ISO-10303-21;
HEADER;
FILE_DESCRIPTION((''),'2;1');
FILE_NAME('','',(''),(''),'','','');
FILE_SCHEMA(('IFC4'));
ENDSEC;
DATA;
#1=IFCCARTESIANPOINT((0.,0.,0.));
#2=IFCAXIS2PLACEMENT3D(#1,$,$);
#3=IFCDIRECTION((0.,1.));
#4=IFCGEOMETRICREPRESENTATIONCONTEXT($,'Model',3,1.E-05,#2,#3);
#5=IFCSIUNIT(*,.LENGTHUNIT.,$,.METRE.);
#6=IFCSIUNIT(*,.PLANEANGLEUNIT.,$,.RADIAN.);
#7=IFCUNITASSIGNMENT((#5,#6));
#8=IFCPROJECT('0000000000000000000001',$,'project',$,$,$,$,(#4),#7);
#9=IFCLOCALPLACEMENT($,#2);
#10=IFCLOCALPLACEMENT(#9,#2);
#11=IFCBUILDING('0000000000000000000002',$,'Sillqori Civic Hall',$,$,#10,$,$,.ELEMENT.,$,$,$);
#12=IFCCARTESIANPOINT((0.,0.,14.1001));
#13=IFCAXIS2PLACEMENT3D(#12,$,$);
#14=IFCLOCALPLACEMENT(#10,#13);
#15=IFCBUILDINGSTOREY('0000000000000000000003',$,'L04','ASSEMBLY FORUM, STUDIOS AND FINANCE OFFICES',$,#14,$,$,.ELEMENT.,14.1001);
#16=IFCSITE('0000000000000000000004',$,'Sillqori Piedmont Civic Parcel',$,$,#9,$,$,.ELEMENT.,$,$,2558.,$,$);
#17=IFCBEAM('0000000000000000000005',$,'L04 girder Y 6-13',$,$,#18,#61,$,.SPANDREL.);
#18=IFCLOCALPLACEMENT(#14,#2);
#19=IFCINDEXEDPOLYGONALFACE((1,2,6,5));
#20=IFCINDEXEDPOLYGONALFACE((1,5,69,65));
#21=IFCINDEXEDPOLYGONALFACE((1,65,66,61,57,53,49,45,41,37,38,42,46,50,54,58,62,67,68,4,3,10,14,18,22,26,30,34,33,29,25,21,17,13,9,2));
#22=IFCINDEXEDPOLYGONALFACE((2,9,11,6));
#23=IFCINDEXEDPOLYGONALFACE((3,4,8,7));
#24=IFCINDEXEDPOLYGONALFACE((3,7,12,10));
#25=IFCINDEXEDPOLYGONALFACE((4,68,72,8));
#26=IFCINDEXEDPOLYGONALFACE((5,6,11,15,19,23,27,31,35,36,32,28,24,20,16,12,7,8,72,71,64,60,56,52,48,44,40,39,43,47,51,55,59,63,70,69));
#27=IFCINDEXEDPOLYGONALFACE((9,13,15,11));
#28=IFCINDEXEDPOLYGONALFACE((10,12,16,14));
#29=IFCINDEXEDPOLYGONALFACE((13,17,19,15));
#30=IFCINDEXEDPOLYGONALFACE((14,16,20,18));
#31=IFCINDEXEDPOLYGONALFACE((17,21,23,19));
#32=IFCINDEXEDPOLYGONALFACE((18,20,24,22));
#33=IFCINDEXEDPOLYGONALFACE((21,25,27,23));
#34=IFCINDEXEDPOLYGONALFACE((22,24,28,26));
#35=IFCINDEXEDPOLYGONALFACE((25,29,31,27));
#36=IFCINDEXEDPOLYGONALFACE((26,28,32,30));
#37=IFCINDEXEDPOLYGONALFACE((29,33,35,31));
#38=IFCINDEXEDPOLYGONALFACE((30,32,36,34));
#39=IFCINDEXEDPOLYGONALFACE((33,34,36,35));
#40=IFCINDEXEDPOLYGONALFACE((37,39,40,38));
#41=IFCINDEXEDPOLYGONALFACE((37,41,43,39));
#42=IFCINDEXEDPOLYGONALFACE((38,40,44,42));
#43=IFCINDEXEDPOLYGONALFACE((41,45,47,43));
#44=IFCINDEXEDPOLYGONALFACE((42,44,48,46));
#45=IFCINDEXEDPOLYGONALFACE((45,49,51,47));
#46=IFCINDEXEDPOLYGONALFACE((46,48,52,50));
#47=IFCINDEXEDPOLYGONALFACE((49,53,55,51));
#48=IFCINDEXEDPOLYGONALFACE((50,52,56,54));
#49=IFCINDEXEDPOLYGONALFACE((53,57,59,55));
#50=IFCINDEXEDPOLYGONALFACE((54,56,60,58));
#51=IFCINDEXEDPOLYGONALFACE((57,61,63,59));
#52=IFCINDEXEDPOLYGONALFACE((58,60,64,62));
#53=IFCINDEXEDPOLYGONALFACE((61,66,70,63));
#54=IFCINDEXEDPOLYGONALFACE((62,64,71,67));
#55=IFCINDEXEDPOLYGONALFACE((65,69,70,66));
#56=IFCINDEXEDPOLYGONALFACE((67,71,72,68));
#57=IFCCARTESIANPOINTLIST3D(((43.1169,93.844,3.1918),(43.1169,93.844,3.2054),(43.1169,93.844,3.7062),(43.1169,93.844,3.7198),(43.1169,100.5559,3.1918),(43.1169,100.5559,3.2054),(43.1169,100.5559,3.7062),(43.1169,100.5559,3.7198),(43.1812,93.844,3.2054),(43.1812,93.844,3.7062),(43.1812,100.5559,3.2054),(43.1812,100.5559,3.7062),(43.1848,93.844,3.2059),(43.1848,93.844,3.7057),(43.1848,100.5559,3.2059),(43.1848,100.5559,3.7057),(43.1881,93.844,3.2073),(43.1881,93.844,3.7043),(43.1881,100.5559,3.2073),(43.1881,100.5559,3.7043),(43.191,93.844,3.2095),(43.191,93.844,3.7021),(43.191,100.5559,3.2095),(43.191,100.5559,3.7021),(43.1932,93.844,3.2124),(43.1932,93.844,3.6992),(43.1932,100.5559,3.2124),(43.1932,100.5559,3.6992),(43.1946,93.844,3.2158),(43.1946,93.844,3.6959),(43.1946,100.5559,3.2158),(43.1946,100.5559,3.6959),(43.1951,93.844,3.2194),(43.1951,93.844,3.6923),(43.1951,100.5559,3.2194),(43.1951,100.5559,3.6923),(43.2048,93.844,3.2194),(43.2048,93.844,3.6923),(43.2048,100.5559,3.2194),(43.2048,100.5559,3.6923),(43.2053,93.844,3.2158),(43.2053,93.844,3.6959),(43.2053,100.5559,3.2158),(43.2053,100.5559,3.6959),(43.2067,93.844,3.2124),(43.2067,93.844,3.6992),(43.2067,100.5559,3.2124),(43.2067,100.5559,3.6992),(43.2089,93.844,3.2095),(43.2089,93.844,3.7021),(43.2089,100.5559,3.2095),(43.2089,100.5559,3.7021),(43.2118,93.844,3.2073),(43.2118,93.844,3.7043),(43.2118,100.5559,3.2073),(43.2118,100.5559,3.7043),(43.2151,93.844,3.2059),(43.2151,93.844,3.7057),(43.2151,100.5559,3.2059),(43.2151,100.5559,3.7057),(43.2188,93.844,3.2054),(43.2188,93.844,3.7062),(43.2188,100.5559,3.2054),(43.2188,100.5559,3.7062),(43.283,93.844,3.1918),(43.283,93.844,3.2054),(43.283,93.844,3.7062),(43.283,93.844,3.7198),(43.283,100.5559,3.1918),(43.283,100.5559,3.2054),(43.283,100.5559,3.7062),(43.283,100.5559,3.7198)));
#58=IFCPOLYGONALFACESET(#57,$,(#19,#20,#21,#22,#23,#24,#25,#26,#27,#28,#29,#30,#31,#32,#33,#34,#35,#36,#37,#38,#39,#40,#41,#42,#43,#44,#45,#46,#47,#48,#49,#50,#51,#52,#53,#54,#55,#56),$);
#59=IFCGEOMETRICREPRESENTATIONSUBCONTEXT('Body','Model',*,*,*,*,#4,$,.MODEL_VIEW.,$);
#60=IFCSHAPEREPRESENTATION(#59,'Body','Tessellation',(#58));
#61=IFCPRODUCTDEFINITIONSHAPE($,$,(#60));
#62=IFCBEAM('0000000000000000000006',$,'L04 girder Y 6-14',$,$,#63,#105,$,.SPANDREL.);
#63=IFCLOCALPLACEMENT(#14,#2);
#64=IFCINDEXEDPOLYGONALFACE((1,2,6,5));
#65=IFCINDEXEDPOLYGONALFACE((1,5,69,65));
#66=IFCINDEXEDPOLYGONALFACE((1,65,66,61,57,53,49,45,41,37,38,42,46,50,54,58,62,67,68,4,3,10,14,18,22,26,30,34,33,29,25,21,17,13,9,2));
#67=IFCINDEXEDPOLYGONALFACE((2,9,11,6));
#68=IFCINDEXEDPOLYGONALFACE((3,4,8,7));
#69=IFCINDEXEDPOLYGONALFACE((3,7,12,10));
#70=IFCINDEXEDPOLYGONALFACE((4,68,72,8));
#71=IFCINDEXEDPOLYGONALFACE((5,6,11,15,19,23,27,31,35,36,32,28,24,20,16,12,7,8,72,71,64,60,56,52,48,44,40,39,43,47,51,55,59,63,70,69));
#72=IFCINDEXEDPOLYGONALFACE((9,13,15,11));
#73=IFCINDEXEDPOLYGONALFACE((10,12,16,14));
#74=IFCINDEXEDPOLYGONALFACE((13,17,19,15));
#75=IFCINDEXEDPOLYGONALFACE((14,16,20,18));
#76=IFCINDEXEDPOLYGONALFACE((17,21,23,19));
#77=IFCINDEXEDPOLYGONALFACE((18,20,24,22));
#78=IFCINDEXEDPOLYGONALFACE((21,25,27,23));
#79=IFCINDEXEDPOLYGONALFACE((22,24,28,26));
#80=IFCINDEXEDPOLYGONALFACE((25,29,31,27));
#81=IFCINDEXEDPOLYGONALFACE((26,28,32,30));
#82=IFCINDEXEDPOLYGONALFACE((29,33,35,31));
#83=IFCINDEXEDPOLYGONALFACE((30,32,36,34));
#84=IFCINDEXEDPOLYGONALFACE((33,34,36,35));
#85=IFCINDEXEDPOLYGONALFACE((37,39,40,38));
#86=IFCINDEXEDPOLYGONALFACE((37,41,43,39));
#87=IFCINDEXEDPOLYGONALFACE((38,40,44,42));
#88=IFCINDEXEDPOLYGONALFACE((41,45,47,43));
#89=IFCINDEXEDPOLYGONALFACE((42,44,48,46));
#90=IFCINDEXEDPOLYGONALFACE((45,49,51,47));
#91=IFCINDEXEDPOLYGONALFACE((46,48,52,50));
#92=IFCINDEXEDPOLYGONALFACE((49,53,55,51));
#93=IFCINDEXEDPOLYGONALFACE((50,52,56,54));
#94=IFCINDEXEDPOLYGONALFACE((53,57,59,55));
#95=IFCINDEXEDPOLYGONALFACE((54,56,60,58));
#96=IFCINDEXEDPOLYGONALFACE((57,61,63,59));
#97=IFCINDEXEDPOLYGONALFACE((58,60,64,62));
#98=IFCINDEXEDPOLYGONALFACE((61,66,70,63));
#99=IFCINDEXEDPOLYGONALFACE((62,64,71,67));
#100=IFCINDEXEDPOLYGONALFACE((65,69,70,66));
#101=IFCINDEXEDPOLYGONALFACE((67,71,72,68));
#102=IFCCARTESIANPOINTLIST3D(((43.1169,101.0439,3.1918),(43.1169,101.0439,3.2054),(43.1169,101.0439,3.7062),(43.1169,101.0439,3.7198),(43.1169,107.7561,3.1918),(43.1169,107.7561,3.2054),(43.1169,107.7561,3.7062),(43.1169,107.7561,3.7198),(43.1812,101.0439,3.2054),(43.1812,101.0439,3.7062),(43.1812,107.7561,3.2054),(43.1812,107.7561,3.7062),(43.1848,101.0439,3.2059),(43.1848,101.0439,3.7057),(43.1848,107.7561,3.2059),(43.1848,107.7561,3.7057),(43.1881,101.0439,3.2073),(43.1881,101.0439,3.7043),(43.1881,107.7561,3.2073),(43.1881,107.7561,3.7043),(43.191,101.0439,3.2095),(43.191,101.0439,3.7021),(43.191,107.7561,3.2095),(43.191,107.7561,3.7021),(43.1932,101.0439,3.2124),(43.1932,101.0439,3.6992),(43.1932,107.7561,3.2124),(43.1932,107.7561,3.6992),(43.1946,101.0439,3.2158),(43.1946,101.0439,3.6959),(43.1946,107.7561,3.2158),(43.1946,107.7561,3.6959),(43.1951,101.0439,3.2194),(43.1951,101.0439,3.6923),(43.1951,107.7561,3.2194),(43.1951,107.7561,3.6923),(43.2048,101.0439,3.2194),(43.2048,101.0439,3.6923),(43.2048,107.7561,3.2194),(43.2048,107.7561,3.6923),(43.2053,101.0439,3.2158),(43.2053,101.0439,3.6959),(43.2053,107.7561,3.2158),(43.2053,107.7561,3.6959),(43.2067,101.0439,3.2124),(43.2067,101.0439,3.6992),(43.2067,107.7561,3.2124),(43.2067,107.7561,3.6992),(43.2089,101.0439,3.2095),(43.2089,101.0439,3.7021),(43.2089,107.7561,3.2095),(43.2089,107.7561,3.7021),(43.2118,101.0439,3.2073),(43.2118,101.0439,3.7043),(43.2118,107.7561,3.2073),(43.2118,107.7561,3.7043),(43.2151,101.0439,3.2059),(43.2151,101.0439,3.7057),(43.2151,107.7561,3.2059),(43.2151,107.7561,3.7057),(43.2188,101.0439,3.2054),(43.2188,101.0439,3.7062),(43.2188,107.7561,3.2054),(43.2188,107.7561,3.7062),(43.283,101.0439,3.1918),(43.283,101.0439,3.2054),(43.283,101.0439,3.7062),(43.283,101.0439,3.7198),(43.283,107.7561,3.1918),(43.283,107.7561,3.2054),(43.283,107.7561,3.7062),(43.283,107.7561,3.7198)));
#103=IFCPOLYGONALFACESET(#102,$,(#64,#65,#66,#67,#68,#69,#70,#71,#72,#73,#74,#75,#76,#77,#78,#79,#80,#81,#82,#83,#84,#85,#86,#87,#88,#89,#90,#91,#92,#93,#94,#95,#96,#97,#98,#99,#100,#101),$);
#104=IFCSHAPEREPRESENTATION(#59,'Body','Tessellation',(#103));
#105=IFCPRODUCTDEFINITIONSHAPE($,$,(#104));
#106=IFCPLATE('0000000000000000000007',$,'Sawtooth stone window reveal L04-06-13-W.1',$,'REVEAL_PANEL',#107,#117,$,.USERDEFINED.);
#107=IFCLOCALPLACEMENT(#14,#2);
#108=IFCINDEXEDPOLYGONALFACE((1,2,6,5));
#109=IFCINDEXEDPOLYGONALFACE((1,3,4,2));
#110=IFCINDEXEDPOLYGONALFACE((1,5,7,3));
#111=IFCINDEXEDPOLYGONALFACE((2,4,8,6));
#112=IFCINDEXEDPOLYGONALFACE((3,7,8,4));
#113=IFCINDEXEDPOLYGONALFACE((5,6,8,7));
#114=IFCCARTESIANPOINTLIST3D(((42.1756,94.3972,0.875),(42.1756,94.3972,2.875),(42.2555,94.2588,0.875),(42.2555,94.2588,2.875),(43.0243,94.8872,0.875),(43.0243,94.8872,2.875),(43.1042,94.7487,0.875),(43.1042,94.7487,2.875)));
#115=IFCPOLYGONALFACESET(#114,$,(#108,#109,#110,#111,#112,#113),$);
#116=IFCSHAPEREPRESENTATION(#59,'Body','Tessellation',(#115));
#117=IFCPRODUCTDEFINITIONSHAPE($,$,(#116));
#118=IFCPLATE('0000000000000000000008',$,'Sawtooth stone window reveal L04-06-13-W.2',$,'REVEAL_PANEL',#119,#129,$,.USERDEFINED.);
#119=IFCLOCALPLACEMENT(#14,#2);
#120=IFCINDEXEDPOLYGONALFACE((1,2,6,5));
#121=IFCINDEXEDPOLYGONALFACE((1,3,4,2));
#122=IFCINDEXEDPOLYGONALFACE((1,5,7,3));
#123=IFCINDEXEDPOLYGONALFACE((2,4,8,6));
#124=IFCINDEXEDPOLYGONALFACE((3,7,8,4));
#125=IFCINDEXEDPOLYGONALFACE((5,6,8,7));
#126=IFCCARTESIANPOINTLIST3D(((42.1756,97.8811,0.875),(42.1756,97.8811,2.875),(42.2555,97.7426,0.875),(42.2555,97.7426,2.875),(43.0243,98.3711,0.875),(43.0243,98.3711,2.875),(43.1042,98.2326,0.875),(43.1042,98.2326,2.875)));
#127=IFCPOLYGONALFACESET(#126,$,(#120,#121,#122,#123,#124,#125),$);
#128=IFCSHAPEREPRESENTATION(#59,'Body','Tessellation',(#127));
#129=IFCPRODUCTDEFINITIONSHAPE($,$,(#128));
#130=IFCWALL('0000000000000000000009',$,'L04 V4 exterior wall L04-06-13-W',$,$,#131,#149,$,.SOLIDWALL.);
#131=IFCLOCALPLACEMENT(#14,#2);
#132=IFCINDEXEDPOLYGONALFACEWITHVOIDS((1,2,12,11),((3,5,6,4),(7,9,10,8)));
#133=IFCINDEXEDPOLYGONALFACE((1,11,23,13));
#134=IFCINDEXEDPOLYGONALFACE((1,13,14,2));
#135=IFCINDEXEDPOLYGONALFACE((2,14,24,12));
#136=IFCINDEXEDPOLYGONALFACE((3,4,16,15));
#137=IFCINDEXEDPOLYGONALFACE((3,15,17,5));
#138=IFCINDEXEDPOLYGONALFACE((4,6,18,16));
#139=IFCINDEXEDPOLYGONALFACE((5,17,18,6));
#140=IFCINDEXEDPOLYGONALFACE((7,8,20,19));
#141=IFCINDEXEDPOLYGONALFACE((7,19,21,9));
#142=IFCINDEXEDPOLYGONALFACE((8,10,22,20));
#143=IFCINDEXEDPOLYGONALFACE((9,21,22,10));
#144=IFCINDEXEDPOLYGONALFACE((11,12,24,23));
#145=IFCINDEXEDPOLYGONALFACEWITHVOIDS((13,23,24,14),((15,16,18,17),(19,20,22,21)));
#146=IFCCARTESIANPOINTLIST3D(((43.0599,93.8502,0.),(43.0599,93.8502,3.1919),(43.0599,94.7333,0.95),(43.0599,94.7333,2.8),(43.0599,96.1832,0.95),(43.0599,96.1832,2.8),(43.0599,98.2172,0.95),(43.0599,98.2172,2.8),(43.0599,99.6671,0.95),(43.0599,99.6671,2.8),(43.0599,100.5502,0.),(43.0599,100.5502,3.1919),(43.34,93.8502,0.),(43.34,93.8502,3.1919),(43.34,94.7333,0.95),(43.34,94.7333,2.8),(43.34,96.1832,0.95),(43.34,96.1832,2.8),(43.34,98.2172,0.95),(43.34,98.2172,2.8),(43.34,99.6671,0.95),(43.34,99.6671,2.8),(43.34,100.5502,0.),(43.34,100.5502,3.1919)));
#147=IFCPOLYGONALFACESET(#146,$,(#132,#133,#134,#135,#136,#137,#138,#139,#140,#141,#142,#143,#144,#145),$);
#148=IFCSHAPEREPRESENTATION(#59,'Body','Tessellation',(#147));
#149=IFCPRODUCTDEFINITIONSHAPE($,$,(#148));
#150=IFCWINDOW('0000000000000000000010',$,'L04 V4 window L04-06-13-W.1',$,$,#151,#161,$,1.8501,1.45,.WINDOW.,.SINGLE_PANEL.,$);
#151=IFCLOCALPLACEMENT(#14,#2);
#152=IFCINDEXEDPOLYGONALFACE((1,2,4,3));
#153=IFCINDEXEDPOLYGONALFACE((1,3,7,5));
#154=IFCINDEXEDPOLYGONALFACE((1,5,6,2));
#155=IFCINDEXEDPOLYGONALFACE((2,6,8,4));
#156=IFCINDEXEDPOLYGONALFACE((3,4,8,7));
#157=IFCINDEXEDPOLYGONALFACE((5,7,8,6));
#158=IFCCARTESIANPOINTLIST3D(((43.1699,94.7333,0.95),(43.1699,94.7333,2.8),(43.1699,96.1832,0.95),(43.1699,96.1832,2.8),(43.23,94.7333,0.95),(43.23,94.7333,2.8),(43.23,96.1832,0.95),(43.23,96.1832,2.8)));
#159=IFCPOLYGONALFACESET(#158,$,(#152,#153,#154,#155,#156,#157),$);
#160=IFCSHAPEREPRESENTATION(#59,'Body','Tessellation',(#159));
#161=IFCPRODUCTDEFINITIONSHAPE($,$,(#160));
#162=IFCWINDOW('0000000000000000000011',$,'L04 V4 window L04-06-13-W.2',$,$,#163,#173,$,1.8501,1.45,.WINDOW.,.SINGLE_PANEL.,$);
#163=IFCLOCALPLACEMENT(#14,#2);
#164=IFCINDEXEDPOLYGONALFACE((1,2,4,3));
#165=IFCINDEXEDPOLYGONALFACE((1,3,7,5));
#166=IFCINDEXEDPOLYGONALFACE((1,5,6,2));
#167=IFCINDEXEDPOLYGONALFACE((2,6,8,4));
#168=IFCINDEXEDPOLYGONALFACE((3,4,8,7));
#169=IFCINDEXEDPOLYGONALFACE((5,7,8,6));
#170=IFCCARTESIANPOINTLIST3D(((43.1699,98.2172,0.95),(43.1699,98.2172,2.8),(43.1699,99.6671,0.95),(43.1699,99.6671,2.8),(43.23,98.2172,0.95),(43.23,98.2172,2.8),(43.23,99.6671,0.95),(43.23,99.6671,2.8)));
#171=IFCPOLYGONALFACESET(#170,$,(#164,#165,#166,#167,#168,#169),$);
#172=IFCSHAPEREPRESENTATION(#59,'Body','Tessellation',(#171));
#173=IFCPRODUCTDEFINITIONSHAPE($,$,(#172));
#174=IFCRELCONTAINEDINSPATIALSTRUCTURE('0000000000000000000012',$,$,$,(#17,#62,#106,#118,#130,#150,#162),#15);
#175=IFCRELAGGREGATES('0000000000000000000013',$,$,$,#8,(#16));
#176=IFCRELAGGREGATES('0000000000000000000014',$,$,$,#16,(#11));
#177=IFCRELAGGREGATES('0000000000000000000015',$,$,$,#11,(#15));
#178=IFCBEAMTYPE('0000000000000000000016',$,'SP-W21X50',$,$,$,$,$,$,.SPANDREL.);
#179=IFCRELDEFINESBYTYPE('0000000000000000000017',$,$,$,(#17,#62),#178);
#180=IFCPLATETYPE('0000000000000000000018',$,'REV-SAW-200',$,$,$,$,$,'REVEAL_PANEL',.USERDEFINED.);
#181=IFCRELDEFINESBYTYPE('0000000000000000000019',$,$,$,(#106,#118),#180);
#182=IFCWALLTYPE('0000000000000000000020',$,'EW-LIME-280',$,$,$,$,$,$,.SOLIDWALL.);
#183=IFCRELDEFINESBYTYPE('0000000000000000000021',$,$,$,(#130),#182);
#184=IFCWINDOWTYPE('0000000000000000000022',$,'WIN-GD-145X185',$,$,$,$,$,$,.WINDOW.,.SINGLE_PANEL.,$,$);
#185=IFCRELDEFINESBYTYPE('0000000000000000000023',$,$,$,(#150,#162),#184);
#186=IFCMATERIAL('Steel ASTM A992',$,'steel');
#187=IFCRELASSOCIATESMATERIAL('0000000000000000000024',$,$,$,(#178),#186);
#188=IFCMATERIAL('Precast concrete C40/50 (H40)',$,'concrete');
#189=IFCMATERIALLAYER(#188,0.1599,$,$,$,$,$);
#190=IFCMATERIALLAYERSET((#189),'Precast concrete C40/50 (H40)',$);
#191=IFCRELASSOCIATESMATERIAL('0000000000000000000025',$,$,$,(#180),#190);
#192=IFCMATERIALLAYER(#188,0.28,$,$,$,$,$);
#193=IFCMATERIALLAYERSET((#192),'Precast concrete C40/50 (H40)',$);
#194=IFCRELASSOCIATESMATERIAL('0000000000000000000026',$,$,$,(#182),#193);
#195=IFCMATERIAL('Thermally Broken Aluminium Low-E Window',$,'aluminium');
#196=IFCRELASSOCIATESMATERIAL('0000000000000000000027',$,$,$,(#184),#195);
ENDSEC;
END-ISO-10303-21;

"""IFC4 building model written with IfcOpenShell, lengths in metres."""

from ifc_helpers import new_model, si_unit, direction, frame, frame_2d, origin, origin_2d, place, context, subcontext, project, spatial, rectangle, i_section, extrude, material, layer, layer_set, material_profile, profile_set, type_object, element, fill, save


model = new_model("IFC4")

# Units and contexts
model_context = context("Model", 3, precision=1e-05, world=origin(), true_north=direction((0.0, 1.0)))
body_context = subcontext(model_context, "Body", "Model", "MODEL_VIEW")
ifc_project = project(units=[si_unit("LENGTHUNIT", "METRE"), si_unit("PLANEANGLEUNIT", "RADIAN")], contexts=[model_context])

# Site, building, storey
site_placement = place(None, origin())
site = spatial("IfcSite", under=ifc_project, at=site_placement, Name="Sillqori Piedmont Civic Parcel", CompositionType="ELEMENT", RefElevation=2558.0)
building_placement = place(site_placement, origin())
building = spatial("IfcBuilding", under=site, at=building_placement, Name="Sillqori Civic Hall", CompositionType="ELEMENT")
storey_placement = place(building_placement, frame((0.0, 0.0, 14.1001)))
storey = spatial("IfcBuildingStorey", under=building, at=storey_placement, Name="L04", Description="ASSEMBLY FORUM, STUDIOS AND FINANCE OFFICES", CompositionType="ELEMENT", Elevation=14.1001)

# Shared definitions
ifc_material_1 = material(Name="Steel ASTM A992", Category="steel")

# Beams
ifc_material_profile_1 = material_profile(ifc_material_1, i_section(OverallWidth=0.166, OverallDepth=0.5281, WebThickness=0.0098, FlangeThickness=0.0137, FilletRadius=0.0139, at=origin_2d()), Name="W21X50")
ifc_profile_set_1 = profile_set([ifc_material_profile_1], Name="Steel ASTM A992")
beam_type_1 = type_object("IfcBeamType", Name="SP-W21X50", PredefinedType="SPANDREL", material=ifc_profile_set_1)
beam_1_placement = place(storey_placement, frame((43.2, 93.844, 3.4558), z_axis=(0.0, 1.0, 0.0), x_axis=(-1.0, 0.0, 0.0)))
element("IfcBeam", 1, at=beam_1_placement, inside=storey, type_object=beam_type_1, Name="L04 girder Y 6-13", PredefinedType="SPANDREL", context=body_context, shape_type="SweptSolid", body=[
    extrude(i_section(OverallWidth=0.166, OverallDepth=0.5281, WebThickness=0.0098, FlangeThickness=0.0137, FilletRadius=0.0139, at=origin_2d()), origin(), (0.0, 0.0, 1.0), 6.7119),
])
beam_2_placement = place(storey_placement, frame((43.2, 101.0439, 3.4558), z_axis=(0.0, 1.0, 0.0), x_axis=(-1.0, 0.0, 0.0)))
element("IfcBeam", 2, at=beam_2_placement, inside=storey, type_object=beam_type_1, Name="L04 girder Y 6-14", PredefinedType="SPANDREL", context=body_context, shape_type="SweptSolid", body=[
    extrude(i_section(OverallWidth=0.166, OverallDepth=0.5281, WebThickness=0.0098, FlangeThickness=0.0137, FilletRadius=0.0139, at=origin_2d()), origin(), (0.0, 0.0, 1.0), 6.7122),
])

# Plates
ifc_material_2 = material(Name="Precast concrete C40/50 (H40)", Category="concrete")
ifc_layer_1 = layer(ifc_material_2, 0.1599)
ifc_layer_set_1 = layer_set([ifc_layer_1], Name="Precast concrete C40/50 (H40)")
plate_type = type_object("IfcPlateType", Name="REV-SAW-200", ElementType="REVEAL_PANEL", PredefinedType="USERDEFINED", material=ifc_layer_set_1)
for number, where, z_axis, x_axis, name in (
    (3, (42.6399, 94.573, 0.875), (0.0, 0.0, 1.0), (-0.5, 0.866025, 0.0), "Sawtooth stone window reveal L04-06-13-W.1"),
    (4, (42.6399, 98.0569, 0.875), (0.0, 0.0, 1.0), (-0.5, 0.866025, 0.0), "Sawtooth stone window reveal L04-06-13-W.2"),
):
    element("IfcPlate", number, at=place(storey_placement, frame(where, z_axis=z_axis, x_axis=x_axis)), inside=storey, type_object=plate_type, Name=name, ObjectType="REVEAL_PANEL", PredefinedType="USERDEFINED", context=body_context, shape_type="SweptSolid", body=[
        extrude(rectangle(XDim=0.1599, YDim=0.98, at=origin_2d()), origin(), (0.0, 0.0, 1.0), 2.0),
    ])

# Wall, openings, windows
ifc_layer_2 = layer(ifc_material_2, 0.28)
ifc_layer_set_2 = layer_set([ifc_layer_2], Name="Precast concrete C40/50 (H40)")
wall_type_1 = type_object("IfcWallType", Name="EW-LIME-280", PredefinedType="SOLIDWALL", material=ifc_layer_set_2)
wall_1_placement = place(storey_placement, frame((43.2, 93.8501, 0.0), z_axis=(0.0, 0.0, 1.0), x_axis=(0.0, 1.0, 0.0)))
wall_1 = element("IfcWall", 5, at=wall_1_placement, inside=storey, type_object=wall_type_1, Name="L04 V4 exterior wall L04-06-13-W", PredefinedType="SOLIDWALL", context=body_context, shape_type="SweptSolid", body=[
    extrude(rectangle(XDim=6.7, YDim=0.28, at=frame_2d((3.3501, 0.0))), origin(), (0.0, 0.0, 1.0), 3.1919),
])
opening_1_placement = place(wall_1_placement, frame((0.8831, 0.0, 0.95)))
opening_1 = element("IfcOpeningElement", 6, at=opening_1_placement, cuts=wall_1, PredefinedType="OPENING", context=body_context, shape_type="SweptSolid", body=[
    extrude(rectangle(XDim=1.45, YDim=1.8501, at=frame_2d((0.7251, 0.925))), frame((0.0, 0.1499, 0.0), z_axis=(0.0, -1.0, 0.0), x_axis=(1.0, 0.0, 0.0)), (0.0, 0.0, 1.0), 0.3),
])
opening_2_placement = place(wall_1_placement, frame((4.3669, 0.0, 0.95)))
opening_2 = element("IfcOpeningElement", 7, at=opening_2_placement, cuts=wall_1, PredefinedType="OPENING", context=body_context, shape_type="SweptSolid", body=[
    extrude(rectangle(XDim=1.45, YDim=1.8501, at=frame_2d((0.7251, 0.925))), frame((0.0, 0.1499, 0.0), z_axis=(0.0, -1.0, 0.0), x_axis=(1.0, 0.0, 0.0)), (0.0, 0.0, 1.0), 0.3),
])
ifc_material_3 = material(Name="Thermally Broken Aluminium Low-E Window", Category="aluminium")
window_type = type_object("IfcWindowType", Name="WIN-GD-145X185", PartitioningType="SINGLE_PANEL", PredefinedType="WINDOW", material=ifc_material_3)
window_1_placement = place(opening_1_placement, origin())
window_1 = element("IfcWindow", 8, at=window_1_placement, inside=storey, type_object=window_type, Name="L04 V4 window L04-06-13-W.1", OverallHeight=1.8501, OverallWidth=1.45, PartitioningType="SINGLE_PANEL", PredefinedType="WINDOW", context=body_context, shape_type="SweptSolid", body=[
    extrude(rectangle(XDim=1.45, YDim=1.8501, at=frame_2d((0.7251, 0.925))), frame((0.0, 0.03, 0.0), z_axis=(0.0, -1.0, 0.0), x_axis=(1.0, 0.0, 0.0)), (0.0, 0.0, 1.0), 0.0601),
])
fill(opening_1, window_1)
window_2_placement = place(opening_2_placement, origin())
window_2 = element("IfcWindow", 9, at=window_2_placement, inside=storey, type_object=window_type, Name="L04 V4 window L04-06-13-W.2", OverallHeight=1.8501, OverallWidth=1.45, PartitioningType="SINGLE_PANEL", PredefinedType="WINDOW", context=body_context, shape_type="SweptSolid", body=[
    extrude(rectangle(XDim=1.45, YDim=1.8501, at=frame_2d((0.7251, 0.925))), frame((0.0, 0.03, 0.0), z_axis=(0.0, -1.0, 0.0), x_axis=(1.0, 0.0, 0.0)), (0.0, 0.0, 1.0), 0.0601),
])
fill(opening_2, window_2)

save(model, "model.ifc")
